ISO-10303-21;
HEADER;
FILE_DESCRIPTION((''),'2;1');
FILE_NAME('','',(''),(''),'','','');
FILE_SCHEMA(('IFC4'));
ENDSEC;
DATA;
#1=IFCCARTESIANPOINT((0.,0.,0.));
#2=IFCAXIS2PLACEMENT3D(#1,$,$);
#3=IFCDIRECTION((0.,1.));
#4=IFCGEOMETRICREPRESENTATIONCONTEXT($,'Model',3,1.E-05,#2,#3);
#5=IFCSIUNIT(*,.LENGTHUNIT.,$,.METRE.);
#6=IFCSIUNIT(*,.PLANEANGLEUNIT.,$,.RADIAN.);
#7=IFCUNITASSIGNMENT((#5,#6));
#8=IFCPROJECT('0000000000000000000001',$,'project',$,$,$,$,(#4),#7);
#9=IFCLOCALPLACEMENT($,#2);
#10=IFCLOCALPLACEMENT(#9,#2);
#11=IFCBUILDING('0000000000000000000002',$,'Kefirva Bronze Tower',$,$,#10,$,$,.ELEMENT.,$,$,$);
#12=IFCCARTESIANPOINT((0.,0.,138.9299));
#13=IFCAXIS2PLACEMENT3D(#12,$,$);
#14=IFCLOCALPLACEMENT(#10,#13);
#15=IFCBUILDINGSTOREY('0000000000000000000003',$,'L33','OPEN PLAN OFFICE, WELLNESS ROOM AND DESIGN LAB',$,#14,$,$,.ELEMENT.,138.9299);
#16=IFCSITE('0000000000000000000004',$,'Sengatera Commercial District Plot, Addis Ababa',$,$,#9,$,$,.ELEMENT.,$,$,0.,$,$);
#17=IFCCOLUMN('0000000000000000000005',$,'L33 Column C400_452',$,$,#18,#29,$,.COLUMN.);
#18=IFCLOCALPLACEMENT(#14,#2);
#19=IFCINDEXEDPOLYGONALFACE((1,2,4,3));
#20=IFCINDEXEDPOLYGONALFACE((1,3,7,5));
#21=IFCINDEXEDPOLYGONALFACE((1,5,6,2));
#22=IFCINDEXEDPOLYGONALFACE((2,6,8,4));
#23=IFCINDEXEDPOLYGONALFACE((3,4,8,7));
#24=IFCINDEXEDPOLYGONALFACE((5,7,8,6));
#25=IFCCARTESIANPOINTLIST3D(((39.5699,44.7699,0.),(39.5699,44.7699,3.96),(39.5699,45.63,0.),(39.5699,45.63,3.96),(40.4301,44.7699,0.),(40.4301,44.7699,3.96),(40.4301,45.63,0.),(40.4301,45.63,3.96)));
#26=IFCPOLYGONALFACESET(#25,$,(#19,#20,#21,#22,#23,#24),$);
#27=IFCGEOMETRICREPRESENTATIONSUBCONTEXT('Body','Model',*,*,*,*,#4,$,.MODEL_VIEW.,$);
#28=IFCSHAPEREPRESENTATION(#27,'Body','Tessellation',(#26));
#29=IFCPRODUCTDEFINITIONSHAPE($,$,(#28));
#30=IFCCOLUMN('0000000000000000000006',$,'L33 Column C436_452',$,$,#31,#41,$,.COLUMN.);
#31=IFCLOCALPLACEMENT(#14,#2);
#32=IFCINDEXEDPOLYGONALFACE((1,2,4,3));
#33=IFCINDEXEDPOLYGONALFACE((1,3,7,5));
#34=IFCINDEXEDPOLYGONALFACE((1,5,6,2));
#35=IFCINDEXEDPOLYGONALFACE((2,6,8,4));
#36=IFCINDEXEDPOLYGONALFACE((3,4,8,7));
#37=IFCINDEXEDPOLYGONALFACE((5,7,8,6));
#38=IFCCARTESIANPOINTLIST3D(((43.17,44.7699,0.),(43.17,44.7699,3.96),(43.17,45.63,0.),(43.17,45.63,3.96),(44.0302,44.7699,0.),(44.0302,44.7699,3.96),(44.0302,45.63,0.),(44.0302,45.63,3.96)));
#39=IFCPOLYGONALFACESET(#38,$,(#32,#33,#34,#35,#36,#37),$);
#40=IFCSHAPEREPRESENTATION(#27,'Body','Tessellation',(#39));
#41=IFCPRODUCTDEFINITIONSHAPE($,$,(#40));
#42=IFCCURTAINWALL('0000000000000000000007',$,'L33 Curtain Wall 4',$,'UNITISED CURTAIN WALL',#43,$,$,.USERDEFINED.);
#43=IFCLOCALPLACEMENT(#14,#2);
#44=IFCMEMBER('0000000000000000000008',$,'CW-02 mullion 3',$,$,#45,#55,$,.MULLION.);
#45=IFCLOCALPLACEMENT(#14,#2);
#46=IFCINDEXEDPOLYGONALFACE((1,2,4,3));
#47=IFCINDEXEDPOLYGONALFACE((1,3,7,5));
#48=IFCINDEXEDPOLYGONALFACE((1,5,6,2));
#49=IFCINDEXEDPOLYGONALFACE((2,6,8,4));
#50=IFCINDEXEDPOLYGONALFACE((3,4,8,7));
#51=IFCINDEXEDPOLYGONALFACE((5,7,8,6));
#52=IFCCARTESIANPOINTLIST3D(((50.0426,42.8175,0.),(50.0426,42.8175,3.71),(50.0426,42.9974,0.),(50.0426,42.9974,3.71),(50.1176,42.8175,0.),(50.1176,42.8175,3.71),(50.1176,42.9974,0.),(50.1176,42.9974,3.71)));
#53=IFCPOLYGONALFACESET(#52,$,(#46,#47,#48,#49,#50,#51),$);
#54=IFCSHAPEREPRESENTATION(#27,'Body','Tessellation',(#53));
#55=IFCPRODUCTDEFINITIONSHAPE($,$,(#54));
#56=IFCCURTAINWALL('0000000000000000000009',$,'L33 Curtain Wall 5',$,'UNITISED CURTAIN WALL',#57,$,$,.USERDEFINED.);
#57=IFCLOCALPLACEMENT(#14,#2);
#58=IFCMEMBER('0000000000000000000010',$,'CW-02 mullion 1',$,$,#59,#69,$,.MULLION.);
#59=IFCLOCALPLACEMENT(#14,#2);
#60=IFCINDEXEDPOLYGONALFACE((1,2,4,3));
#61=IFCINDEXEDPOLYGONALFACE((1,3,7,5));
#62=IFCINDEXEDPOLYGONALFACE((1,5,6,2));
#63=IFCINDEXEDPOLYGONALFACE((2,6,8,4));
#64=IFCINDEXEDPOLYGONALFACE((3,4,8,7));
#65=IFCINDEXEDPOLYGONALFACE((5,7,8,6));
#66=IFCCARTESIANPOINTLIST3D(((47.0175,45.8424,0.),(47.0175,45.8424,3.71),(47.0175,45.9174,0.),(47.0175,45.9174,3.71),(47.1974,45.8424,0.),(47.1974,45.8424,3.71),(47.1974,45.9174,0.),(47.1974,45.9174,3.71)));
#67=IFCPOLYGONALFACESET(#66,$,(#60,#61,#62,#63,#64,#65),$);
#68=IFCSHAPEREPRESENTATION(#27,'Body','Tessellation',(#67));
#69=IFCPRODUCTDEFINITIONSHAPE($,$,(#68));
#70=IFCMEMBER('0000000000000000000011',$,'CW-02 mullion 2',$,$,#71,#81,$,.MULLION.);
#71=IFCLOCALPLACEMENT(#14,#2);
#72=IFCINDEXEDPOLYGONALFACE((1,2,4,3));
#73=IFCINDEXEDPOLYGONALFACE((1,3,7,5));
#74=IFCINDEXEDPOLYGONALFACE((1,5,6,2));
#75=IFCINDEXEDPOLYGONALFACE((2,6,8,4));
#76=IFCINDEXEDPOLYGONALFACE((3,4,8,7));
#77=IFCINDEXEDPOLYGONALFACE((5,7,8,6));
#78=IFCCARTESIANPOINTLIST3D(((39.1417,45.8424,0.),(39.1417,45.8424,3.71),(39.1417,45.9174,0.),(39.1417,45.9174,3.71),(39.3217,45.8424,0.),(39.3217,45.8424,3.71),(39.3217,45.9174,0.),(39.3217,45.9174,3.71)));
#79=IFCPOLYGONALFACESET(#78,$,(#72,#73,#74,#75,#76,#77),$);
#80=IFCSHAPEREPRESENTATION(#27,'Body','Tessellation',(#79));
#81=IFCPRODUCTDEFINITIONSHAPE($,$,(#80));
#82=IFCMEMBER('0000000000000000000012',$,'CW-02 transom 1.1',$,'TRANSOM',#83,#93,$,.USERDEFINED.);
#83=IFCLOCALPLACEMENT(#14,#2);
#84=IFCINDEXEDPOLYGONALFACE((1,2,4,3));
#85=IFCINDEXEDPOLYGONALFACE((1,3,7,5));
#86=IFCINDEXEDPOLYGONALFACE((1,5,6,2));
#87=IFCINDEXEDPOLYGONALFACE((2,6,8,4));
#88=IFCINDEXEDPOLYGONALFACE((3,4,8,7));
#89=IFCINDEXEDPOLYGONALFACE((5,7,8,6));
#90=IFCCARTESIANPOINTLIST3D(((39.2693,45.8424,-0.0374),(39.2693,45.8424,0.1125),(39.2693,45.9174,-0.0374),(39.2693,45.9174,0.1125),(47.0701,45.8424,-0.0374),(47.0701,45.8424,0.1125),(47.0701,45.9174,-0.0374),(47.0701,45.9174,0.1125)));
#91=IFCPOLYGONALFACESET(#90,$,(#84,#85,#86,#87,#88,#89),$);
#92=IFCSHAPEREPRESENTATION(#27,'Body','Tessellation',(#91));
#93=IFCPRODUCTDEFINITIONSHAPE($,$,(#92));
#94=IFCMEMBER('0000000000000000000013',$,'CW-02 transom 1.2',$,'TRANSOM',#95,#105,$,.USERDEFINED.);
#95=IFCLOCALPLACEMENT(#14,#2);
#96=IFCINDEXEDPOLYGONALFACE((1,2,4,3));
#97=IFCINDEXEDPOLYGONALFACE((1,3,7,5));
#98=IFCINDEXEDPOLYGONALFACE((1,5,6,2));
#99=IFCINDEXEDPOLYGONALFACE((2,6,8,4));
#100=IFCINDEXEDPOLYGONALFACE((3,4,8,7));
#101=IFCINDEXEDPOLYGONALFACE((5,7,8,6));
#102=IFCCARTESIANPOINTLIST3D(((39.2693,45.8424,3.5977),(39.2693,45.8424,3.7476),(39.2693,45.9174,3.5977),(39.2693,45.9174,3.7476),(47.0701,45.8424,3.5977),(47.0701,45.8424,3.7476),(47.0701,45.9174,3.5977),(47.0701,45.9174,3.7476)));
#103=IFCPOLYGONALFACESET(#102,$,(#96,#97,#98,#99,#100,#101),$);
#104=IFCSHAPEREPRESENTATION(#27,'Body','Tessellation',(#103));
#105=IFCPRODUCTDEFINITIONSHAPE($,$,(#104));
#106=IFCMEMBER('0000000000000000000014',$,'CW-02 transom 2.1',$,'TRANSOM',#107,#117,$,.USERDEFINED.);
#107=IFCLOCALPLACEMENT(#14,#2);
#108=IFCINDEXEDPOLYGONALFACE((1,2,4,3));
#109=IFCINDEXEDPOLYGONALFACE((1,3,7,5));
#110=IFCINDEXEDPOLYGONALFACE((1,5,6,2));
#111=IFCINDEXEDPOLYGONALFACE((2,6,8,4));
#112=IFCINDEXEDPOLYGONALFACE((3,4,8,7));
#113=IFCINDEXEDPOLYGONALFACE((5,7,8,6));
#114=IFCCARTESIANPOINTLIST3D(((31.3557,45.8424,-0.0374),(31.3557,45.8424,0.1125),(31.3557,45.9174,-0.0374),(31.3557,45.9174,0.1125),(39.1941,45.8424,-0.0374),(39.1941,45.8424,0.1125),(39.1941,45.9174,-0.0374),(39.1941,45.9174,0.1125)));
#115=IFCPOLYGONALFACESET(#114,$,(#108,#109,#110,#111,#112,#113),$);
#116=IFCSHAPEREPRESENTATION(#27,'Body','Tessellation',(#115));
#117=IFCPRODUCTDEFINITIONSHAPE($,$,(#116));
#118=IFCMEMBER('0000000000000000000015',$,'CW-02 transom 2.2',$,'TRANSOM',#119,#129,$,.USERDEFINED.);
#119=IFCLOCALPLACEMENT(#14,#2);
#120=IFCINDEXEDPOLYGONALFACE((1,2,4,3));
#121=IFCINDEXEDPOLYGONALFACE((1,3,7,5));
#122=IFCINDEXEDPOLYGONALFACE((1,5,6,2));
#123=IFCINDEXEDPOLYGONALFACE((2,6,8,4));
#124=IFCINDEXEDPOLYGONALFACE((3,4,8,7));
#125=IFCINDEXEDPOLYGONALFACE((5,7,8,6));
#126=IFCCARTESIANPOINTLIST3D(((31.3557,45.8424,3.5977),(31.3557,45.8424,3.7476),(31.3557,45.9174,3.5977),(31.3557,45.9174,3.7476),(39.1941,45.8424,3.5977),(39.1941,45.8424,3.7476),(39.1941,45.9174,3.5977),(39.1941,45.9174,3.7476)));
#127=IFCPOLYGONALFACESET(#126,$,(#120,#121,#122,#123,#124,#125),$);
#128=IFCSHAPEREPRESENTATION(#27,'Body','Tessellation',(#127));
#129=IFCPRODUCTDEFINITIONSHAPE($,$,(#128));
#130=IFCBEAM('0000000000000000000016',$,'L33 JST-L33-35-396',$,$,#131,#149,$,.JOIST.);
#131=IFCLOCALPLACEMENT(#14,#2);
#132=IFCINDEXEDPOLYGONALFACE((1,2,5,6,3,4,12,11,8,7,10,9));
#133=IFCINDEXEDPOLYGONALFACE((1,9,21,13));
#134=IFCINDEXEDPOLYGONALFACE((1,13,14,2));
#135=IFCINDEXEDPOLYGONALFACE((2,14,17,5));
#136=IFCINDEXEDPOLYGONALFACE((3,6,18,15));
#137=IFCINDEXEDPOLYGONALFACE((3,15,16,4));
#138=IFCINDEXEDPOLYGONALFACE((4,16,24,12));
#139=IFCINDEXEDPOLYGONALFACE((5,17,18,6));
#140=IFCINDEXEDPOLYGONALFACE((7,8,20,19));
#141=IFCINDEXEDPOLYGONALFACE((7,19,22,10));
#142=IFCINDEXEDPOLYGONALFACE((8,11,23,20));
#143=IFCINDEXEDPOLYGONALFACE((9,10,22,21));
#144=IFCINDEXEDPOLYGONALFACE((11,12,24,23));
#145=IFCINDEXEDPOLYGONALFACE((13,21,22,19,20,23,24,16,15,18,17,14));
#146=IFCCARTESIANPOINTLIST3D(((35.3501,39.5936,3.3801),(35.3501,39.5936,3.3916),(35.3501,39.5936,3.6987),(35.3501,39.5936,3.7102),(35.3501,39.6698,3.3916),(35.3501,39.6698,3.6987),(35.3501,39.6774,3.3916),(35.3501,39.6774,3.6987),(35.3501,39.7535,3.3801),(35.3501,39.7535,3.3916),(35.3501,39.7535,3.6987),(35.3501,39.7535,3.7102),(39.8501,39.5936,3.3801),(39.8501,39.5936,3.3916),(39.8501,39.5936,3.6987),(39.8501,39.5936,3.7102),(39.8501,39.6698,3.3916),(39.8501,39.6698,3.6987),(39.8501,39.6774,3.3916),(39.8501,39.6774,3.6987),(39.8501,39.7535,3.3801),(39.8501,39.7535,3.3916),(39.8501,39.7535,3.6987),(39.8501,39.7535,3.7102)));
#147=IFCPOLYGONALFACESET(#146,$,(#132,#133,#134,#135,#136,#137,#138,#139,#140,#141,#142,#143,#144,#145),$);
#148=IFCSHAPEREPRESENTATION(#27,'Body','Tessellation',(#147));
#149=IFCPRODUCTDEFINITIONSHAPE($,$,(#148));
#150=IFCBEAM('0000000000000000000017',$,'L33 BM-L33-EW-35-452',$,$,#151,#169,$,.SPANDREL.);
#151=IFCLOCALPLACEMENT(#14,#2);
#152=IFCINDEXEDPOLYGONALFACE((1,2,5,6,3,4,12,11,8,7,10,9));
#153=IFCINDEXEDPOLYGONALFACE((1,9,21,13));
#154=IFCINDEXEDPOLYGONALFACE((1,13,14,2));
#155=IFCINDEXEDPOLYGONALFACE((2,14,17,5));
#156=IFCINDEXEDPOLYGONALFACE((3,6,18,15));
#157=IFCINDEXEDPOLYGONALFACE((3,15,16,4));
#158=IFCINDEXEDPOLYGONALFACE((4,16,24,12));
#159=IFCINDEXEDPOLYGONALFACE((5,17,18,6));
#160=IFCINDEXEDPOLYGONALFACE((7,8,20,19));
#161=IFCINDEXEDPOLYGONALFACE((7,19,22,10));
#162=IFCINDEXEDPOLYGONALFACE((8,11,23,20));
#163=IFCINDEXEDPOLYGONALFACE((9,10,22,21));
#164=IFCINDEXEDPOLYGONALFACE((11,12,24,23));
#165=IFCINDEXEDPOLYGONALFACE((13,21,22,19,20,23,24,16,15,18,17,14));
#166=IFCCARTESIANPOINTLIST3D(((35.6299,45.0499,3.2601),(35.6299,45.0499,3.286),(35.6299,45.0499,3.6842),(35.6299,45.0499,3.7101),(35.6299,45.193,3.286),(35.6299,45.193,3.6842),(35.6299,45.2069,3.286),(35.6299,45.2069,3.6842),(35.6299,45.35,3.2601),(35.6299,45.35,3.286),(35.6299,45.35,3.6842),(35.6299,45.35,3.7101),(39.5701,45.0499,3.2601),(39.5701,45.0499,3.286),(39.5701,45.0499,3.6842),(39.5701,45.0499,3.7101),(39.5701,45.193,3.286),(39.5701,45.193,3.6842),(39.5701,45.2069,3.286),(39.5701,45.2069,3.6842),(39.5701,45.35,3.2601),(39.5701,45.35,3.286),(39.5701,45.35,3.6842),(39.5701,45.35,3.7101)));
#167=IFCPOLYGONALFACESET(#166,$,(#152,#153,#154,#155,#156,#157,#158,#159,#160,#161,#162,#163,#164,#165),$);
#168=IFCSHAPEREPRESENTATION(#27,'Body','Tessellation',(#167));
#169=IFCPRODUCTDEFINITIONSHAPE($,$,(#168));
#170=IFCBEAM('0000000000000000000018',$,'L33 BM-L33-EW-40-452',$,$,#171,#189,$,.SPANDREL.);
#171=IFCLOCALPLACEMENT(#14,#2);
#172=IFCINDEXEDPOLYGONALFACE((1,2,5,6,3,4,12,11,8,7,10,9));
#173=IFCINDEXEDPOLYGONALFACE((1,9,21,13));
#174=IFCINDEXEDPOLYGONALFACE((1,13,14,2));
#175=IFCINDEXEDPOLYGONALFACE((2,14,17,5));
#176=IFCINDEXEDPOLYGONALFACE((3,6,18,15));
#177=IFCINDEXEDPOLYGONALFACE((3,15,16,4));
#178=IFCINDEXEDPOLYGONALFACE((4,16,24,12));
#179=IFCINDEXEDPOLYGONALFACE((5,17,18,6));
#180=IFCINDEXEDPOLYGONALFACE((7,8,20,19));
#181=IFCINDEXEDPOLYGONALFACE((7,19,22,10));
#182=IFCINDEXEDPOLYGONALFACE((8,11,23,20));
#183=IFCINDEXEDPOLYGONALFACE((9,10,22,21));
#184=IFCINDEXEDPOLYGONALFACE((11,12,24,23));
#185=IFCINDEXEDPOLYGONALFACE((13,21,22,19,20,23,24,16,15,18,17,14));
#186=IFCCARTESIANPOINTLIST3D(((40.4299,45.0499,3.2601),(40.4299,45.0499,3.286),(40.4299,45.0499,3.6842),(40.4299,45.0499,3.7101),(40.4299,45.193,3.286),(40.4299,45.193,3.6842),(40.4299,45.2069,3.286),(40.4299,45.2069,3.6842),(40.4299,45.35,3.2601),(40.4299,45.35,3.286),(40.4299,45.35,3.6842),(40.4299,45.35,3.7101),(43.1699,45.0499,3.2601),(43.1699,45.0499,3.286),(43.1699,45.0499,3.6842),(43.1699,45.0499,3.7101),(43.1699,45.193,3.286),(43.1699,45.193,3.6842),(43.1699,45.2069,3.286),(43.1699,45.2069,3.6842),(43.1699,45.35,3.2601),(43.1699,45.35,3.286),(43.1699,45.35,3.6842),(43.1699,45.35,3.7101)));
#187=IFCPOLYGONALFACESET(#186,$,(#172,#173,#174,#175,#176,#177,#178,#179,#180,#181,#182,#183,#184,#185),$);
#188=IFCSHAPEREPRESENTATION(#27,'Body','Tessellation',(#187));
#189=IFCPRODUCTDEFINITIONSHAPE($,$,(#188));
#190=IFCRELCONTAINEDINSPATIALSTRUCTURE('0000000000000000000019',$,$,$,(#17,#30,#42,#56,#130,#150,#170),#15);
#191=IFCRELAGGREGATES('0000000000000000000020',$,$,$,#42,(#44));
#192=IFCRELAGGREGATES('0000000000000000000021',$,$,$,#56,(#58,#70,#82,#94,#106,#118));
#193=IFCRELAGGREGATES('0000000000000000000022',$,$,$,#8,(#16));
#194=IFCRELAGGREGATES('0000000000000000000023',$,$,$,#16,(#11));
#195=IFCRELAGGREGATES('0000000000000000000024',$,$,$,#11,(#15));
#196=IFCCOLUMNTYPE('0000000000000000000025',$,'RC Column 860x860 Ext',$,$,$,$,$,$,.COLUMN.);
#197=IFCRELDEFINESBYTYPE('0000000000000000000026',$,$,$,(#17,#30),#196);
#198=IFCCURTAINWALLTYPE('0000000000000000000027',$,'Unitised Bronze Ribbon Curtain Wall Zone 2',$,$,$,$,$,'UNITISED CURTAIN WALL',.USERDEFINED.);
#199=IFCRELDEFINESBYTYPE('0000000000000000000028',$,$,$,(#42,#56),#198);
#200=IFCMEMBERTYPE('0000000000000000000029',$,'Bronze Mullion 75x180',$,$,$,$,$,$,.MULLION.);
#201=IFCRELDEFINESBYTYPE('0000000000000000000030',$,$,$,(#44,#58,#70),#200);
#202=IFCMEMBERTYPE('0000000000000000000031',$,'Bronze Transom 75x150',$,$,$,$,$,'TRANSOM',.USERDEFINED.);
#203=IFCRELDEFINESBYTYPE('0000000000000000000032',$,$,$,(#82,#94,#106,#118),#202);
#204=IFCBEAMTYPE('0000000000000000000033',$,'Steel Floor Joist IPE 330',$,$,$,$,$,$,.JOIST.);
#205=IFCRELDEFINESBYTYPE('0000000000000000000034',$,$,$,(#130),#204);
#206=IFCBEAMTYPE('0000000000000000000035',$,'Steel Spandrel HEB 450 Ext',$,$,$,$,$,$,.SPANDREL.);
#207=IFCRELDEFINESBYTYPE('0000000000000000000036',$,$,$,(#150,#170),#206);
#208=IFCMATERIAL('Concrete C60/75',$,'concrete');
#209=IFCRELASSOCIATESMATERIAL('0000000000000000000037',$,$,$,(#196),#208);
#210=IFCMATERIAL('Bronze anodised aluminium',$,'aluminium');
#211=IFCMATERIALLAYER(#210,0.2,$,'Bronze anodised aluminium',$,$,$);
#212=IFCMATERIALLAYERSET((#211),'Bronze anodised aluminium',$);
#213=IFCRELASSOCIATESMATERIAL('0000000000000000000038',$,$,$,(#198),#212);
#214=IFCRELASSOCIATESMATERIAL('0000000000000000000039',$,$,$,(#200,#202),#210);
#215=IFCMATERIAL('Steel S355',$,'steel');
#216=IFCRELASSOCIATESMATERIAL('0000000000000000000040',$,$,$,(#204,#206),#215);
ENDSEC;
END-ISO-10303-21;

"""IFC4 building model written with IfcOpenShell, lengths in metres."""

from ifc_helpers import new_model, si_unit, direction, frame, origin, origin_2d, place, context, subcontext, project, spatial, rectangle, i_section, extrude, material, layer, layer_set, material_profile, profile_set, type_object, element, aggregate, save


model = new_model("IFC4")

# Units and contexts
model_context = context("Model", 3, precision=1e-05, world=origin(), true_north=direction((0.0, 1.0)))
body_context = subcontext(model_context, "Body", "Model", "MODEL_VIEW")
ifc_project = project(units=[si_unit("LENGTHUNIT", "METRE"), si_unit("PLANEANGLEUNIT", "RADIAN")], contexts=[model_context])

# Site, building, storey
site_placement = place(None, origin())
site = spatial("IfcSite", under=ifc_project, at=site_placement, Name="Sengatera Commercial District Plot, Addis Ababa", CompositionType="ELEMENT", RefElevation=0.0)
building_placement = place(site_placement, origin())
building = spatial("IfcBuilding", under=site, at=building_placement, Name="Kefirva Bronze Tower", CompositionType="ELEMENT")
storey_placement = place(building_placement, frame((0.0, 0.0, 138.9299)))
storey = spatial("IfcBuildingStorey", under=building, at=storey_placement, Name="L33", Description="OPEN PLAN OFFICE, WELLNESS ROOM AND DESIGN LAB", CompositionType="ELEMENT", Elevation=138.9299)

# Columns
ifc_material_1 = material(Name="Concrete C60/75", Category="concrete")
ifc_material_profile_1 = material_profile(ifc_material_1, rectangle(XDim=0.8601, YDim=0.8601, at=origin_2d()), Name="RC 860x860")
ifc_profile_set_1 = profile_set([ifc_material_profile_1], Name="Concrete C60/75")
column_type = type_object("IfcColumnType", Name="RC Column 860x860 Ext", PredefinedType="COLUMN", material=ifc_profile_set_1)
for number, where, z_axis, x_axis, name in (
    (1, (40.0, 45.2, 0.0), (0.0, 0.0, 1.0), (1.0, 0.0, 0.0), "L33 Column C400_452"),
    (2, (43.6001, 45.2, 0.0), (0.0, 0.0, 1.0), (1.0, 0.0, 0.0), "L33 Column C436_452"),
):
    element("IfcColumn", number, at=place(storey_placement, frame(where, z_axis=z_axis, x_axis=x_axis)), inside=storey, type_object=column_type, Name=name, PredefinedType="COLUMN", context=body_context, shape_type="SweptSolid", body=[
        extrude(rectangle(XDim=0.8601, YDim=0.8601, at=origin_2d()), origin(), (0.0, 0.0, 1.0), 3.96),
    ])

# Curtain wall, member
ifc_material_2 = material(Name="Bronze anodised aluminium", Category="aluminium")
ifc_layer_1 = layer(ifc_material_2, 0.2, Name="Bronze anodised aluminium")
ifc_layer_set_1 = layer_set([ifc_layer_1], Name="Bronze anodised aluminium")
curtain_wall_type = type_object("IfcCurtainWallType", Name="Unitised Bronze Ribbon Curtain Wall Zone 2", ElementType="UNITISED CURTAIN WALL", PredefinedType="USERDEFINED", material=ifc_layer_set_1)
curtain_wall_1_placement = place(storey_placement, origin())
curtain_wall_1 = element("IfcCurtainWall", 3, at=curtain_wall_1_placement, inside=storey, type_object=curtain_wall_type, Name="L33 Curtain Wall 4", ObjectType="UNITISED CURTAIN WALL", PredefinedType="USERDEFINED")
ifc_material_profile_2 = material_profile(ifc_material_2, rectangle(XDim=0.075, YDim=0.1799, at=origin_2d()), Name="ALU 75x180")
ifc_profile_set_2 = profile_set([ifc_material_profile_2], Name="Bronze anodised aluminium")
member_type_1 = type_object("IfcMemberType", Name="Bronze Mullion 75x180", PredefinedType="MULLION", material=ifc_profile_set_2)
member_1_placement = place(storey_placement, frame((50.0801, 42.9075, 0.0), z_axis=(0.0, 0.0, 1.0), x_axis=(-1.0, 0.0, 0.0)))
member_1 = element("IfcMember", 4, at=member_1_placement, type_object=member_type_1, Name="CW-02 mullion 3", PredefinedType="MULLION", context=body_context, shape_type="SweptSolid", body=[
    extrude(rectangle(XDim=0.075, YDim=0.1799, at=origin_2d()), origin(), (0.0, 0.0, 1.0), 3.71),
])
aggregate(curtain_wall_1, [member_1])

# Curtain wall, members
curtain_wall_2_placement = place(storey_placement, origin())
curtain_wall_2 = element("IfcCurtainWall", 5, at=curtain_wall_2_placement, inside=storey, type_object=curtain_wall_type, Name="L33 Curtain Wall 5", ObjectType="UNITISED CURTAIN WALL", PredefinedType="USERDEFINED")
member_2_placement = place(storey_placement, frame((47.1074, 45.8799, 0.0), z_axis=(0.0, 0.0, 1.0), x_axis=(0.0, -1.0, 0.0)))
member_2 = element("IfcMember", 6, at=member_2_placement, type_object=member_type_1, Name="CW-02 mullion 1", PredefinedType="MULLION", context=body_context, shape_type="SweptSolid", body=[
    extrude(rectangle(XDim=0.075, YDim=0.1799, at=origin_2d()), origin(), (0.0, 0.0, 1.0), 3.71),
])
member_3_placement = place(storey_placement, frame((39.2317, 45.8799, 0.0), z_axis=(0.0, 0.0, 1.0), x_axis=(0.0, -1.0, 0.0)))
member_3 = element("IfcMember", 7, at=member_3_placement, type_object=member_type_1, Name="CW-02 mullion 2", PredefinedType="MULLION", context=body_context, shape_type="SweptSolid", body=[
    extrude(rectangle(XDim=0.075, YDim=0.1799, at=origin_2d()), origin(), (0.0, 0.0, 1.0), 3.71),
])
ifc_material_profile_3 = material_profile(ifc_material_2, rectangle(XDim=0.075, YDim=0.1499, at=origin_2d()), Name="ALU 75x150")
ifc_profile_set_3 = profile_set([ifc_material_profile_3], Name="Bronze anodised aluminium")
member_type_2 = type_object("IfcMemberType", Name="Bronze Transom 75x150", ElementType="TRANSOM", PredefinedType="USERDEFINED", material=ifc_profile_set_3)
member_4_placement = place(storey_placement, frame((47.0701, 45.8799, 0.0376), z_axis=(-1.0, 0.0, 0.0), x_axis=(0.0, -1.0, 0.0)))
member_4 = element("IfcMember", 8, at=member_4_placement, type_object=member_type_2, Name="CW-02 transom 1.1", ObjectType="TRANSOM", PredefinedType="USERDEFINED", context=body_context, shape_type="SweptSolid", body=[
    extrude(rectangle(XDim=0.075, YDim=0.1499, at=origin_2d()), origin(), (0.0, 0.0, 1.0), 7.8008),
])
member_5_placement = place(storey_placement, frame((47.0701, 45.8799, 3.6726), z_axis=(-1.0, 0.0, 0.0), x_axis=(0.0, -1.0, 0.0)))
member_5 = element("IfcMember", 9, at=member_5_placement, type_object=member_type_2, Name="CW-02 transom 1.2", ObjectType="TRANSOM", PredefinedType="USERDEFINED", context=body_context, shape_type="SweptSolid", body=[
    extrude(rectangle(XDim=0.075, YDim=0.1499, at=origin_2d()), origin(), (0.0, 0.0, 1.0), 7.8008),
])
member_6_placement = place(storey_placement, frame((39.1941, 45.8799, 0.0376), z_axis=(-1.0, 0.0, 0.0), x_axis=(0.0, -1.0, 0.0)))
member_6 = element("IfcMember", 10, at=member_6_placement, type_object=member_type_2, Name="CW-02 transom 2.1", ObjectType="TRANSOM", PredefinedType="USERDEFINED", context=body_context, shape_type="SweptSolid", body=[
    extrude(rectangle(XDim=0.075, YDim=0.1499, at=origin_2d()), origin(), (0.0, 0.0, 1.0), 7.8384),
])
member_7_placement = place(storey_placement, frame((39.1941, 45.8799, 3.6726), z_axis=(-1.0, 0.0, 0.0), x_axis=(0.0, -1.0, 0.0)))
member_7 = element("IfcMember", 11, at=member_7_placement, type_object=member_type_2, Name="CW-02 transom 2.2", ObjectType="TRANSOM", PredefinedType="USERDEFINED", context=body_context, shape_type="SweptSolid", body=[
    extrude(rectangle(XDim=0.075, YDim=0.1499, at=origin_2d()), origin(), (0.0, 0.0, 1.0), 7.8384),
])

# Beams
ifc_material_3 = material(Name="Steel S355", Category="steel")
ifc_material_profile_4 = material_profile(ifc_material_3, i_section(OverallWidth=0.1599, OverallDepth=0.3301, WebThickness=0.0076, FlangeThickness=0.0115, at=origin_2d()), Name="IPE 330")
ifc_profile_set_4 = profile_set([ifc_material_profile_4], Name="Steel S355")
beam_type_1 = type_object("IfcBeamType", Name="Steel Floor Joist IPE 330", PredefinedType="JOIST", material=ifc_profile_set_4)
beam_1_placement = place(storey_placement, frame((35.3501, 39.6736, 3.5452), z_axis=(1.0, 0.0, 0.0), x_axis=(0.0, 1.0, 0.0)))
element("IfcBeam", 12, at=beam_1_placement, inside=storey, type_object=beam_type_1, Name="L33 JST-L33-35-396", PredefinedType="JOIST", context=body_context, shape_type="SweptSolid", body=[
    extrude(i_section(OverallWidth=0.1599, OverallDepth=0.3301, WebThickness=0.0076, FlangeThickness=0.0115, at=origin_2d()), origin(), (0.0, 0.0, 1.0), 4.5),
])
ifc_material_profile_5 = material_profile(ifc_material_3, i_section(OverallWidth=0.3, OverallDepth=0.45, WebThickness=0.0139, FlangeThickness=0.0259, at=origin_2d()), Name="HEB 450")
ifc_profile_set_5 = profile_set([ifc_material_profile_5], Name="Steel S355")
beam_type_2 = type_object("IfcBeamType", Name="Steel Spandrel HEB 450 Ext", PredefinedType="SPANDREL", material=ifc_profile_set_5)
beam_2_placement = place(storey_placement, frame((35.6299, 45.2, 3.4851), z_axis=(1.0, 0.0, 0.0), x_axis=(0.0, 1.0, 0.0)))
element("IfcBeam", 13, at=beam_2_placement, inside=storey, type_object=beam_type_2, Name="L33 BM-L33-EW-35-452", PredefinedType="SPANDREL", context=body_context, shape_type="SweptSolid", body=[
    extrude(i_section(OverallWidth=0.3, OverallDepth=0.45, WebThickness=0.0139, FlangeThickness=0.0259, at=origin_2d()), origin(), (0.0, 0.0, 1.0), 3.9402),
])
beam_3_placement = place(storey_placement, frame((40.4299, 45.2, 3.4851), z_axis=(1.0, 0.0, 0.0), x_axis=(0.0, 1.0, 0.0)))
element("IfcBeam", 14, at=beam_3_placement, inside=storey, type_object=beam_type_2, Name="L33 BM-L33-EW-40-452", PredefinedType="SPANDREL", context=body_context, shape_type="SweptSolid", body=[
    extrude(i_section(OverallWidth=0.3, OverallDepth=0.45, WebThickness=0.0139, FlangeThickness=0.0259, at=origin_2d()), origin(), (0.0, 0.0, 1.0), 2.74),
])

aggregate(curtain_wall_2, [member_2, member_3, member_4, member_5, member_6, member_7])

save(model, "model.ifc")
